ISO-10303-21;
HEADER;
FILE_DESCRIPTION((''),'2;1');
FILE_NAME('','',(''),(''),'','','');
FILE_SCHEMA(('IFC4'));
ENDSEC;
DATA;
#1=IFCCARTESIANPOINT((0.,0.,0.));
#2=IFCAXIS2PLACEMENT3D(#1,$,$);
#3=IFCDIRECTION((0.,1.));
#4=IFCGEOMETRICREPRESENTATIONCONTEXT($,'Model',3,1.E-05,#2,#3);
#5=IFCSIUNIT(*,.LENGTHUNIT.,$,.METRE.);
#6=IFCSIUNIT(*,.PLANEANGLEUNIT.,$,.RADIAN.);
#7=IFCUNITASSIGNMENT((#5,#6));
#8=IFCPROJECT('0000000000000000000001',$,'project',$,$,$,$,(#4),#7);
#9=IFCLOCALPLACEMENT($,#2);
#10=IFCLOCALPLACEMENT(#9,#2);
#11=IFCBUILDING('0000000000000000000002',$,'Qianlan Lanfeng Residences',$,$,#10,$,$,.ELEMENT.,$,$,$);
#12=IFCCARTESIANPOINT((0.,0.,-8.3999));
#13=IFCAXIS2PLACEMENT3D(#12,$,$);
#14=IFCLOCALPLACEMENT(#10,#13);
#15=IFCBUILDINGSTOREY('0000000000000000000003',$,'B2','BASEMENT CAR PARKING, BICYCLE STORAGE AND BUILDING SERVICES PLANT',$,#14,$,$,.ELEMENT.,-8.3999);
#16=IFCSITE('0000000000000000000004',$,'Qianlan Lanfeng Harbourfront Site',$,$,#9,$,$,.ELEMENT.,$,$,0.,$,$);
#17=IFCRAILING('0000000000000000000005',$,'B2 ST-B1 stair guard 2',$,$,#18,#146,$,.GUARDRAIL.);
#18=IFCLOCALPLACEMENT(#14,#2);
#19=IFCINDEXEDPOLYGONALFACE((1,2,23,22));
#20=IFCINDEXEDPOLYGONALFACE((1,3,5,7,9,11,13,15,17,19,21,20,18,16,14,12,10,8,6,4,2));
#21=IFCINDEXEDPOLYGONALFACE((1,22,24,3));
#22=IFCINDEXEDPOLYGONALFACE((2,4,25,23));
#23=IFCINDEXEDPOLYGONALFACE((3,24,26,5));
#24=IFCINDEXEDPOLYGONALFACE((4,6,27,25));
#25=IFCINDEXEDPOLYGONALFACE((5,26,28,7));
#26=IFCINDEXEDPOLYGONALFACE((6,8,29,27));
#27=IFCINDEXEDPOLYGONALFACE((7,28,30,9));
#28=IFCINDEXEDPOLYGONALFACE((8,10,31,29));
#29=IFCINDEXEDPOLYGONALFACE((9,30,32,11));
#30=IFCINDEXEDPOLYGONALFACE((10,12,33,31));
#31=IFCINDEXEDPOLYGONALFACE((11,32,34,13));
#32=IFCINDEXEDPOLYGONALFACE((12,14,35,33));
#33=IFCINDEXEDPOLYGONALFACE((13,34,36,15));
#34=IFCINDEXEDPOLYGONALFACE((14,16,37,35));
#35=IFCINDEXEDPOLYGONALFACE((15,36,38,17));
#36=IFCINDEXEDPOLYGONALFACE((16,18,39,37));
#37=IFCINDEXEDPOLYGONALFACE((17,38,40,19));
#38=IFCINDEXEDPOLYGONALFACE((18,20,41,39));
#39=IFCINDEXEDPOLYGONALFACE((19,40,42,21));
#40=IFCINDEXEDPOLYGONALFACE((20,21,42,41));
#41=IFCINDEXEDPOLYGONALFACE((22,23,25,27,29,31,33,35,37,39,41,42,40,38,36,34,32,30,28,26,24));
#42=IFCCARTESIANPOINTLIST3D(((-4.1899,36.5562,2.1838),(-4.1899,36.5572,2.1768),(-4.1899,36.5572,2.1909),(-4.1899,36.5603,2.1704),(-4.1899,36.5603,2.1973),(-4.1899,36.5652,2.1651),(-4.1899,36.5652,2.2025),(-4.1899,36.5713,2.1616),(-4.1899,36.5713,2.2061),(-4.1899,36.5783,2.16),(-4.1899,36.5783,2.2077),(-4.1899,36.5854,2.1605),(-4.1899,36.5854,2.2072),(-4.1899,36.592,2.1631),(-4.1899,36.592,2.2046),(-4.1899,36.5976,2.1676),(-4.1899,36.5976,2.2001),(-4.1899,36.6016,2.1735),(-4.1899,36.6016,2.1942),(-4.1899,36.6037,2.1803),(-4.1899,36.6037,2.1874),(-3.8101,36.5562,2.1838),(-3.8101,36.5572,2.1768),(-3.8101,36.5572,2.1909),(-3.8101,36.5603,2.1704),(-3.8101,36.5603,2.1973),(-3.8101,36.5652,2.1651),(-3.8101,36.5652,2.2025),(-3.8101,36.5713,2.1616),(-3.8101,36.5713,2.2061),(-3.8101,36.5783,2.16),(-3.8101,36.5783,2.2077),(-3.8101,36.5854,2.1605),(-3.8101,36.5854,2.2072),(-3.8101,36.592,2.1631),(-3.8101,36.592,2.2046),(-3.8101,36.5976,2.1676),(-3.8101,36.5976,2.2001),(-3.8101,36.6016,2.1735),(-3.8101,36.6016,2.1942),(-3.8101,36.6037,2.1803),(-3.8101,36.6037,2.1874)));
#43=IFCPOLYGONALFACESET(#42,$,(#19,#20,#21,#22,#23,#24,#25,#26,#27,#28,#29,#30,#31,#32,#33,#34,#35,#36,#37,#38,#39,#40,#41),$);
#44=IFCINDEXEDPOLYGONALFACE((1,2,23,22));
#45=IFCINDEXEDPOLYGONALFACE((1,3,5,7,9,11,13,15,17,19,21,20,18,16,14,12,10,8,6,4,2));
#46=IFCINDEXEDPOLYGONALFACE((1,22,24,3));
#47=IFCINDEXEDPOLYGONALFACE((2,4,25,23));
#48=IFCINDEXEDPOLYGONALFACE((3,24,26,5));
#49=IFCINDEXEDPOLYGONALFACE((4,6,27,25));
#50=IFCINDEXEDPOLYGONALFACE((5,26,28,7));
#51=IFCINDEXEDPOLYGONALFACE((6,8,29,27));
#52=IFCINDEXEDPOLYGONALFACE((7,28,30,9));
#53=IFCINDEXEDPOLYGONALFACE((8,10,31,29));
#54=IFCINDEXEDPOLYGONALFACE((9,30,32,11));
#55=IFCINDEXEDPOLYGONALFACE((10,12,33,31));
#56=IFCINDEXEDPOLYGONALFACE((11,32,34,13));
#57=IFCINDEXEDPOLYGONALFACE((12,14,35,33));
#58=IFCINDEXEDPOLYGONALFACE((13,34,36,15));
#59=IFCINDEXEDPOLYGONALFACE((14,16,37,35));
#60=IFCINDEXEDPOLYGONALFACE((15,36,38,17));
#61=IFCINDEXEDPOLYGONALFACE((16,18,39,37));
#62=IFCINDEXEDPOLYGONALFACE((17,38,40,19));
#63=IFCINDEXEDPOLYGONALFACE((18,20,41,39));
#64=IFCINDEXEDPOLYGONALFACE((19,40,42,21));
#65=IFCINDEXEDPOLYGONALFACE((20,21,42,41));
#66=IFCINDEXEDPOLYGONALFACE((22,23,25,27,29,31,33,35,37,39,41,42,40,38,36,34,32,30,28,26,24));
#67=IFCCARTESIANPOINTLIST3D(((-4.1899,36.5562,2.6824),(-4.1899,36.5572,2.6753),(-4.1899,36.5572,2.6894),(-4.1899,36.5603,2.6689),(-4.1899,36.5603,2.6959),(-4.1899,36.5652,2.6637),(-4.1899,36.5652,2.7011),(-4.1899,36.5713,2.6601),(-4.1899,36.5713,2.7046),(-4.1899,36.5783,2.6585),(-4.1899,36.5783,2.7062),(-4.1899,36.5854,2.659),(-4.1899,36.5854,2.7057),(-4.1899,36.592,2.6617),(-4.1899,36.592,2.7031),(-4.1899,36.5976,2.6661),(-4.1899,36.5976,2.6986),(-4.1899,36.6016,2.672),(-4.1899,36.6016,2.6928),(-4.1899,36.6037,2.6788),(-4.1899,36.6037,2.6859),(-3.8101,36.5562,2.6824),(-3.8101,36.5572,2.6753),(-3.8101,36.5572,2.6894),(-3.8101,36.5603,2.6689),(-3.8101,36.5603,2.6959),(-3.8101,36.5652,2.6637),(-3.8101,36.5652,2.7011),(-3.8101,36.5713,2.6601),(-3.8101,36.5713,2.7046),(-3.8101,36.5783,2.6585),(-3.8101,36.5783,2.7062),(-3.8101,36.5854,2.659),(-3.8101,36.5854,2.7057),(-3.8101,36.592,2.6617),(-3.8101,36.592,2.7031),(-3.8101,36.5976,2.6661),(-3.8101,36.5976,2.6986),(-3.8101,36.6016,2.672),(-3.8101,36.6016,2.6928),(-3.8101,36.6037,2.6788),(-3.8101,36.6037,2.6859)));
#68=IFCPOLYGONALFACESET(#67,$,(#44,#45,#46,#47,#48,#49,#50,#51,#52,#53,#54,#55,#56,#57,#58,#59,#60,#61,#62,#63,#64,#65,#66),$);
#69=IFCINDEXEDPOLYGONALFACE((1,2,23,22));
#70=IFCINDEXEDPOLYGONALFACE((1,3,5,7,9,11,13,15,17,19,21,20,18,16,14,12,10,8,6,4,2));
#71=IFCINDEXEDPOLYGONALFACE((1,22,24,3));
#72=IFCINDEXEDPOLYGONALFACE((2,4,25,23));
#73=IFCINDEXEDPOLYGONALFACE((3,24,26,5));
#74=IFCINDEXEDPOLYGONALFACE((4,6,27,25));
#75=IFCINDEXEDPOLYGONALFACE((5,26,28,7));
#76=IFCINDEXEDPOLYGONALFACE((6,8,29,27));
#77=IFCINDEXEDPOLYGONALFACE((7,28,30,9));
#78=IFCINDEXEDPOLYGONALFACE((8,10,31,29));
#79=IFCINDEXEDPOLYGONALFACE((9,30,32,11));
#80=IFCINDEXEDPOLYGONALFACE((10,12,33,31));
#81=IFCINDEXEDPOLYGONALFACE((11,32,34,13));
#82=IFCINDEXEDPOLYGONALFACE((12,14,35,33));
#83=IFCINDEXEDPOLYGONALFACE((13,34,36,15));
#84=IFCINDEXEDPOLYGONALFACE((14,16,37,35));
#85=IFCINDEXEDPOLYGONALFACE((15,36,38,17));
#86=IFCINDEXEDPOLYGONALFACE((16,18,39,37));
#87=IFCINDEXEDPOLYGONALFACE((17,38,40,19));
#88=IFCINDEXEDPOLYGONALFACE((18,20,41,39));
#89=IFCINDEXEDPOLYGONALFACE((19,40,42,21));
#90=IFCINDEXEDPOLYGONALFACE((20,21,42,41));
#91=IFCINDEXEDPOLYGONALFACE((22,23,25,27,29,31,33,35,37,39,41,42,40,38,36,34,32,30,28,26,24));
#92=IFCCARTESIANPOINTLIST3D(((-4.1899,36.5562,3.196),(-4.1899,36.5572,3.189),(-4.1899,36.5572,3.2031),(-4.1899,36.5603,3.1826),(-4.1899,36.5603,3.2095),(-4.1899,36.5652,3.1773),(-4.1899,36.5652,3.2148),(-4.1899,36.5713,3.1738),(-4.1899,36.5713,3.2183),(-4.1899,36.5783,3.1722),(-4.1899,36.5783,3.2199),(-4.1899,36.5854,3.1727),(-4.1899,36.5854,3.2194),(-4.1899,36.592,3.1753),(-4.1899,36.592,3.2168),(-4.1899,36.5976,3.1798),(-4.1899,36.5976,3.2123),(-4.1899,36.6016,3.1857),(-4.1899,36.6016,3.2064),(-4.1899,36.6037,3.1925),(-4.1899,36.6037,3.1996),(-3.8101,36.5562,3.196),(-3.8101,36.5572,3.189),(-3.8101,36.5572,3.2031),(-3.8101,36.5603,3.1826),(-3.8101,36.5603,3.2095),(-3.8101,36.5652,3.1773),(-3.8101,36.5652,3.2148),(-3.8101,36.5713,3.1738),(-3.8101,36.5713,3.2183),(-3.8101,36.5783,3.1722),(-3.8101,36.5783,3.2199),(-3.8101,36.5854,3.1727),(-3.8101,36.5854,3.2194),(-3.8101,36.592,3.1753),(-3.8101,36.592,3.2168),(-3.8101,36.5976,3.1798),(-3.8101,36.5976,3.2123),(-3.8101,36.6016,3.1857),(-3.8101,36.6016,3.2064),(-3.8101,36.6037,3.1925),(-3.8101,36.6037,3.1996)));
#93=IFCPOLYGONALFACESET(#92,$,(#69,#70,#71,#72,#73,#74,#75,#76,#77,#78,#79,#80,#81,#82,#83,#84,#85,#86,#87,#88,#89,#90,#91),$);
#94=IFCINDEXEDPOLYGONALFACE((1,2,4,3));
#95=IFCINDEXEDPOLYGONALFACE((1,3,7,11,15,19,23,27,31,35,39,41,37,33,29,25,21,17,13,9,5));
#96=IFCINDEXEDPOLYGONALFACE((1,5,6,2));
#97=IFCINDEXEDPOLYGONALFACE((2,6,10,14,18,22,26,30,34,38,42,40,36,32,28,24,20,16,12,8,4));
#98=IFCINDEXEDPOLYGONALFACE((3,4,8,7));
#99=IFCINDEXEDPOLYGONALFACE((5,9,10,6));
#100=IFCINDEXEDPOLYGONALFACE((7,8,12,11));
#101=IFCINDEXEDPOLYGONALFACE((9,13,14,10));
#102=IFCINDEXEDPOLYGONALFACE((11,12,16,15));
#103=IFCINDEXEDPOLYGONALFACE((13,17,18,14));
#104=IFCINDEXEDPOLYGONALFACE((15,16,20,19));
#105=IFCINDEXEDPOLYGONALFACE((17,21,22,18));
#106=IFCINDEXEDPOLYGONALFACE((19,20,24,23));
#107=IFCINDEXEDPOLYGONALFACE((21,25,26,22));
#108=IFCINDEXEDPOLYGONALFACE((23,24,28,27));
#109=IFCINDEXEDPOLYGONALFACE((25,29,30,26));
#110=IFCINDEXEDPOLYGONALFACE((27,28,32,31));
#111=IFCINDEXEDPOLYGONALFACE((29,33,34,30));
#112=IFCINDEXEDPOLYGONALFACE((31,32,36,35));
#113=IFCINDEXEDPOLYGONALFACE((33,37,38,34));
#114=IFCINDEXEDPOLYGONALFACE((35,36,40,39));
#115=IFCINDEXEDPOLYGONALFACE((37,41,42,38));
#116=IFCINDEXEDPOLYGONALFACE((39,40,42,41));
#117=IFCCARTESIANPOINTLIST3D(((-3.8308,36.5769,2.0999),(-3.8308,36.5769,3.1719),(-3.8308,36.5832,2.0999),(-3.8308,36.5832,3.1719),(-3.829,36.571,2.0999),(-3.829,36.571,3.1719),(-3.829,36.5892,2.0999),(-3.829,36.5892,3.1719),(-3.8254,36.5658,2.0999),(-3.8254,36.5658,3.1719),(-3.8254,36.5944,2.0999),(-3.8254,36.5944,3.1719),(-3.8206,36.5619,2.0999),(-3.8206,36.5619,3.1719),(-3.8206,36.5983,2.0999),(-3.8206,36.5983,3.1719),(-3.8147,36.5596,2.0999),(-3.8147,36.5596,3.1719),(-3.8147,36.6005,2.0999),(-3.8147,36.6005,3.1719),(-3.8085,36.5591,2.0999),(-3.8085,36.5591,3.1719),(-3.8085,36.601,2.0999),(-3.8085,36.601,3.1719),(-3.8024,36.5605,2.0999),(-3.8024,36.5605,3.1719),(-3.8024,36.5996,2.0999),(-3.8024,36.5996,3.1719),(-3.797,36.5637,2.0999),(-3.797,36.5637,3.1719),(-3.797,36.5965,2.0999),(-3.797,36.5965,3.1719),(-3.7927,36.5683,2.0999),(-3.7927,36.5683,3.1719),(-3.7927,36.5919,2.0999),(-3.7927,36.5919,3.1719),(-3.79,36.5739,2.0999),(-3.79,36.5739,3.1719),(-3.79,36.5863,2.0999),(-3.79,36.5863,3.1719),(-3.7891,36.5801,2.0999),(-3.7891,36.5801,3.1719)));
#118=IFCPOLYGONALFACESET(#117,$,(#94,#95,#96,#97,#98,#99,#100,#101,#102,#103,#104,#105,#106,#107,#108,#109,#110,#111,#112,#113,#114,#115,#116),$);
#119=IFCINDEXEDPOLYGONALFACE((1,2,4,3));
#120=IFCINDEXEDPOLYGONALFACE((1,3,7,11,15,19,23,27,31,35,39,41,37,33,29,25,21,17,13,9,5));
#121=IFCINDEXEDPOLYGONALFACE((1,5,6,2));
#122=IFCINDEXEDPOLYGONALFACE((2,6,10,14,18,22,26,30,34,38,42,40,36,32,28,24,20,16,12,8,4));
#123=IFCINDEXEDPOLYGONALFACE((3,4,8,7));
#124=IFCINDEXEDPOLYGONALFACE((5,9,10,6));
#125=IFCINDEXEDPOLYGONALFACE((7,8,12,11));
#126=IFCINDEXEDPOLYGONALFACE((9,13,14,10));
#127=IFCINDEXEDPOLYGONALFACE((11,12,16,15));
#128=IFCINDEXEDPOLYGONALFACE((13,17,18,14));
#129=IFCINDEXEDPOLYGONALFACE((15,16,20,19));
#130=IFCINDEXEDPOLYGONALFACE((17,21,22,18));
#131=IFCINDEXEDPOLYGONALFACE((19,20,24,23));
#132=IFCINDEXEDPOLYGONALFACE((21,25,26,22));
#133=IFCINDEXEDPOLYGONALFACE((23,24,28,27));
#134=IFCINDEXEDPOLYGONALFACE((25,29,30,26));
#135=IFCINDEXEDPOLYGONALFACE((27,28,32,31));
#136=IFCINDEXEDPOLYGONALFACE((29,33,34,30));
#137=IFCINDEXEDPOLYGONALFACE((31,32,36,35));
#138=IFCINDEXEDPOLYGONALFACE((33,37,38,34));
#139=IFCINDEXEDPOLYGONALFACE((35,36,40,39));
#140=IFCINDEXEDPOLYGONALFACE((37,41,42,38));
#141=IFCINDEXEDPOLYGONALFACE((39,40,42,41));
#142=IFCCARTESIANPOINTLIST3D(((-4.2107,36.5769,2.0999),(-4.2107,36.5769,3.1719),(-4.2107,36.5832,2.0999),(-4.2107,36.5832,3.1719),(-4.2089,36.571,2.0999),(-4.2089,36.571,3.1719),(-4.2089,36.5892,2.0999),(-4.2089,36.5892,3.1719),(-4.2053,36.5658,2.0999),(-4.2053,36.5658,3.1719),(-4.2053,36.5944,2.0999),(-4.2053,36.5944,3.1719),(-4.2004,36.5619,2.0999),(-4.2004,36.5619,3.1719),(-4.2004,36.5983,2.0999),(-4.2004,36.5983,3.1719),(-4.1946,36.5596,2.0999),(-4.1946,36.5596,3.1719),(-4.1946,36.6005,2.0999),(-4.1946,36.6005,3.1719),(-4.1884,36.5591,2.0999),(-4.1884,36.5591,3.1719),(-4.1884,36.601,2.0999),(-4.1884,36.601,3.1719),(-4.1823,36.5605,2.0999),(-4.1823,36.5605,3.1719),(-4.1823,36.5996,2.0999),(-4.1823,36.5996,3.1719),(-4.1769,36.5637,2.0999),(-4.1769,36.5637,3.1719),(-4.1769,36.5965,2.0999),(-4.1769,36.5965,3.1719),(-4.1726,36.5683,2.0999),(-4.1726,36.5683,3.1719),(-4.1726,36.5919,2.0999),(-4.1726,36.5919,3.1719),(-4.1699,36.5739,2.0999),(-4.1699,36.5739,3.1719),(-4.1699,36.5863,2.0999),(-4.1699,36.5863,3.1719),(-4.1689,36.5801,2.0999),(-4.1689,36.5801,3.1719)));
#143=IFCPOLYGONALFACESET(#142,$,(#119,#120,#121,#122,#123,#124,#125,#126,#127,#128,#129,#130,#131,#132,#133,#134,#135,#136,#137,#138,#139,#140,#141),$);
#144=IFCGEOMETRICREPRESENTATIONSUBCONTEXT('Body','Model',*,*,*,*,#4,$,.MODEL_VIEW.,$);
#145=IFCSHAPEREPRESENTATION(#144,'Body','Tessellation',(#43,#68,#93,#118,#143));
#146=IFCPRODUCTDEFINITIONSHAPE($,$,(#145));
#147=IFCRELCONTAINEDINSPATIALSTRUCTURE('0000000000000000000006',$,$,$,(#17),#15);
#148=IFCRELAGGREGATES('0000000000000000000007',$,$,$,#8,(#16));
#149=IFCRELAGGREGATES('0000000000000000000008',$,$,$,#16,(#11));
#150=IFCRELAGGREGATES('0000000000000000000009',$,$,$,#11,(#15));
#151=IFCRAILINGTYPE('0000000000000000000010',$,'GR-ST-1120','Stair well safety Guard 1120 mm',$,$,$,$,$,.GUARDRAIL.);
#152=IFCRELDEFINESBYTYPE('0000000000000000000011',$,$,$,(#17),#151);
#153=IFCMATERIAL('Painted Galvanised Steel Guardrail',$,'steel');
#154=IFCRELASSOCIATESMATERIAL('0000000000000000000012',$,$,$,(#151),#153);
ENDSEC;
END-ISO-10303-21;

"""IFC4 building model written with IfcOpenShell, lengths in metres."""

from ifc_helpers import new_model, si_unit, direction, frame, origin, origin_2d, place, context, subcontext, project, spatial, circle, extrude, material, type_object, element, save


model = new_model("IFC4")

# Units and contexts
model_context = context("Model", 3, precision=1e-05, world=origin(), true_north=direction((0.0, 1.0)))
body_context = subcontext(model_context, "Body", "Model", "MODEL_VIEW")
ifc_project = project(units=[si_unit("LENGTHUNIT", "METRE"), si_unit("PLANEANGLEUNIT", "RADIAN")], contexts=[model_context])

# Site, building, storey
site_placement = place(None, origin())
site = spatial("IfcSite", under=ifc_project, at=site_placement, Name="Qianlan Lanfeng Harbourfront Site", CompositionType="ELEMENT", RefElevation=0.0)
building_placement = place(site_placement, origin())
building = spatial("IfcBuilding", under=site, at=building_placement, Name="Qianlan Lanfeng Residences", CompositionType="ELEMENT")
storey_placement = place(building_placement, frame((0.0, 0.0, -8.3999)))
storey = spatial("IfcBuildingStorey", under=building, at=storey_placement, Name="B2", Description="BASEMENT CAR PARKING, BICYCLE STORAGE AND BUILDING SERVICES PLANT", CompositionType="ELEMENT", Elevation=-8.3999)

# Railing
ifc_material_1 = material(Name="Painted Galvanised Steel Guardrail", Category="steel")
railing_type_1 = type_object("IfcRailingType", Name="GR-ST-1120", Description="Stair well safety Guard 1120 mm", PredefinedType="GUARDRAIL", material=ifc_material_1)
railing_1_placement = place(storey_placement, frame((-3.8101, 36.5801, 2.0999)))
element("IfcRailing", 1, at=railing_1_placement, inside=storey, type_object=railing_type_1, Name="B2 ST-B1 stair guard 2", PredefinedType="GUARDRAIL", context=body_context, shape_type="SweptSolid", body=[
    extrude(circle(Radius=0.0239, at=origin_2d()), frame((0.0, 0.0, 0.084), z_axis=(-1.0, 0.0, 0.0), x_axis=(0.0, -1.0, 0.0)), (0.0, 0.0, 1.0), 0.3799),
    extrude(circle(Radius=0.0239, at=origin_2d()), frame((0.0, 0.0, 0.5825), z_axis=(-1.0, 0.0, 0.0), x_axis=(0.0, -1.0, 0.0)), (0.0, 0.0, 1.0), 0.3799),
    extrude(circle(Radius=0.0239, at=origin_2d()), frame((0.0, 0.0, 1.0962), z_axis=(-1.0, 0.0, 0.0), x_axis=(0.0, -1.0, 0.0)), (0.0, 0.0, 1.0), 0.3799),
    extrude(circle(Radius=0.021, at=origin_2d()), origin(), (0.0, 0.0, 1.0), 1.072),
    extrude(circle(Radius=0.021, at=origin_2d()), frame((-0.3799, 0.0, 0.0)), (0.0, 0.0, 1.0), 1.072),
])

save(model, "model.ifc")
